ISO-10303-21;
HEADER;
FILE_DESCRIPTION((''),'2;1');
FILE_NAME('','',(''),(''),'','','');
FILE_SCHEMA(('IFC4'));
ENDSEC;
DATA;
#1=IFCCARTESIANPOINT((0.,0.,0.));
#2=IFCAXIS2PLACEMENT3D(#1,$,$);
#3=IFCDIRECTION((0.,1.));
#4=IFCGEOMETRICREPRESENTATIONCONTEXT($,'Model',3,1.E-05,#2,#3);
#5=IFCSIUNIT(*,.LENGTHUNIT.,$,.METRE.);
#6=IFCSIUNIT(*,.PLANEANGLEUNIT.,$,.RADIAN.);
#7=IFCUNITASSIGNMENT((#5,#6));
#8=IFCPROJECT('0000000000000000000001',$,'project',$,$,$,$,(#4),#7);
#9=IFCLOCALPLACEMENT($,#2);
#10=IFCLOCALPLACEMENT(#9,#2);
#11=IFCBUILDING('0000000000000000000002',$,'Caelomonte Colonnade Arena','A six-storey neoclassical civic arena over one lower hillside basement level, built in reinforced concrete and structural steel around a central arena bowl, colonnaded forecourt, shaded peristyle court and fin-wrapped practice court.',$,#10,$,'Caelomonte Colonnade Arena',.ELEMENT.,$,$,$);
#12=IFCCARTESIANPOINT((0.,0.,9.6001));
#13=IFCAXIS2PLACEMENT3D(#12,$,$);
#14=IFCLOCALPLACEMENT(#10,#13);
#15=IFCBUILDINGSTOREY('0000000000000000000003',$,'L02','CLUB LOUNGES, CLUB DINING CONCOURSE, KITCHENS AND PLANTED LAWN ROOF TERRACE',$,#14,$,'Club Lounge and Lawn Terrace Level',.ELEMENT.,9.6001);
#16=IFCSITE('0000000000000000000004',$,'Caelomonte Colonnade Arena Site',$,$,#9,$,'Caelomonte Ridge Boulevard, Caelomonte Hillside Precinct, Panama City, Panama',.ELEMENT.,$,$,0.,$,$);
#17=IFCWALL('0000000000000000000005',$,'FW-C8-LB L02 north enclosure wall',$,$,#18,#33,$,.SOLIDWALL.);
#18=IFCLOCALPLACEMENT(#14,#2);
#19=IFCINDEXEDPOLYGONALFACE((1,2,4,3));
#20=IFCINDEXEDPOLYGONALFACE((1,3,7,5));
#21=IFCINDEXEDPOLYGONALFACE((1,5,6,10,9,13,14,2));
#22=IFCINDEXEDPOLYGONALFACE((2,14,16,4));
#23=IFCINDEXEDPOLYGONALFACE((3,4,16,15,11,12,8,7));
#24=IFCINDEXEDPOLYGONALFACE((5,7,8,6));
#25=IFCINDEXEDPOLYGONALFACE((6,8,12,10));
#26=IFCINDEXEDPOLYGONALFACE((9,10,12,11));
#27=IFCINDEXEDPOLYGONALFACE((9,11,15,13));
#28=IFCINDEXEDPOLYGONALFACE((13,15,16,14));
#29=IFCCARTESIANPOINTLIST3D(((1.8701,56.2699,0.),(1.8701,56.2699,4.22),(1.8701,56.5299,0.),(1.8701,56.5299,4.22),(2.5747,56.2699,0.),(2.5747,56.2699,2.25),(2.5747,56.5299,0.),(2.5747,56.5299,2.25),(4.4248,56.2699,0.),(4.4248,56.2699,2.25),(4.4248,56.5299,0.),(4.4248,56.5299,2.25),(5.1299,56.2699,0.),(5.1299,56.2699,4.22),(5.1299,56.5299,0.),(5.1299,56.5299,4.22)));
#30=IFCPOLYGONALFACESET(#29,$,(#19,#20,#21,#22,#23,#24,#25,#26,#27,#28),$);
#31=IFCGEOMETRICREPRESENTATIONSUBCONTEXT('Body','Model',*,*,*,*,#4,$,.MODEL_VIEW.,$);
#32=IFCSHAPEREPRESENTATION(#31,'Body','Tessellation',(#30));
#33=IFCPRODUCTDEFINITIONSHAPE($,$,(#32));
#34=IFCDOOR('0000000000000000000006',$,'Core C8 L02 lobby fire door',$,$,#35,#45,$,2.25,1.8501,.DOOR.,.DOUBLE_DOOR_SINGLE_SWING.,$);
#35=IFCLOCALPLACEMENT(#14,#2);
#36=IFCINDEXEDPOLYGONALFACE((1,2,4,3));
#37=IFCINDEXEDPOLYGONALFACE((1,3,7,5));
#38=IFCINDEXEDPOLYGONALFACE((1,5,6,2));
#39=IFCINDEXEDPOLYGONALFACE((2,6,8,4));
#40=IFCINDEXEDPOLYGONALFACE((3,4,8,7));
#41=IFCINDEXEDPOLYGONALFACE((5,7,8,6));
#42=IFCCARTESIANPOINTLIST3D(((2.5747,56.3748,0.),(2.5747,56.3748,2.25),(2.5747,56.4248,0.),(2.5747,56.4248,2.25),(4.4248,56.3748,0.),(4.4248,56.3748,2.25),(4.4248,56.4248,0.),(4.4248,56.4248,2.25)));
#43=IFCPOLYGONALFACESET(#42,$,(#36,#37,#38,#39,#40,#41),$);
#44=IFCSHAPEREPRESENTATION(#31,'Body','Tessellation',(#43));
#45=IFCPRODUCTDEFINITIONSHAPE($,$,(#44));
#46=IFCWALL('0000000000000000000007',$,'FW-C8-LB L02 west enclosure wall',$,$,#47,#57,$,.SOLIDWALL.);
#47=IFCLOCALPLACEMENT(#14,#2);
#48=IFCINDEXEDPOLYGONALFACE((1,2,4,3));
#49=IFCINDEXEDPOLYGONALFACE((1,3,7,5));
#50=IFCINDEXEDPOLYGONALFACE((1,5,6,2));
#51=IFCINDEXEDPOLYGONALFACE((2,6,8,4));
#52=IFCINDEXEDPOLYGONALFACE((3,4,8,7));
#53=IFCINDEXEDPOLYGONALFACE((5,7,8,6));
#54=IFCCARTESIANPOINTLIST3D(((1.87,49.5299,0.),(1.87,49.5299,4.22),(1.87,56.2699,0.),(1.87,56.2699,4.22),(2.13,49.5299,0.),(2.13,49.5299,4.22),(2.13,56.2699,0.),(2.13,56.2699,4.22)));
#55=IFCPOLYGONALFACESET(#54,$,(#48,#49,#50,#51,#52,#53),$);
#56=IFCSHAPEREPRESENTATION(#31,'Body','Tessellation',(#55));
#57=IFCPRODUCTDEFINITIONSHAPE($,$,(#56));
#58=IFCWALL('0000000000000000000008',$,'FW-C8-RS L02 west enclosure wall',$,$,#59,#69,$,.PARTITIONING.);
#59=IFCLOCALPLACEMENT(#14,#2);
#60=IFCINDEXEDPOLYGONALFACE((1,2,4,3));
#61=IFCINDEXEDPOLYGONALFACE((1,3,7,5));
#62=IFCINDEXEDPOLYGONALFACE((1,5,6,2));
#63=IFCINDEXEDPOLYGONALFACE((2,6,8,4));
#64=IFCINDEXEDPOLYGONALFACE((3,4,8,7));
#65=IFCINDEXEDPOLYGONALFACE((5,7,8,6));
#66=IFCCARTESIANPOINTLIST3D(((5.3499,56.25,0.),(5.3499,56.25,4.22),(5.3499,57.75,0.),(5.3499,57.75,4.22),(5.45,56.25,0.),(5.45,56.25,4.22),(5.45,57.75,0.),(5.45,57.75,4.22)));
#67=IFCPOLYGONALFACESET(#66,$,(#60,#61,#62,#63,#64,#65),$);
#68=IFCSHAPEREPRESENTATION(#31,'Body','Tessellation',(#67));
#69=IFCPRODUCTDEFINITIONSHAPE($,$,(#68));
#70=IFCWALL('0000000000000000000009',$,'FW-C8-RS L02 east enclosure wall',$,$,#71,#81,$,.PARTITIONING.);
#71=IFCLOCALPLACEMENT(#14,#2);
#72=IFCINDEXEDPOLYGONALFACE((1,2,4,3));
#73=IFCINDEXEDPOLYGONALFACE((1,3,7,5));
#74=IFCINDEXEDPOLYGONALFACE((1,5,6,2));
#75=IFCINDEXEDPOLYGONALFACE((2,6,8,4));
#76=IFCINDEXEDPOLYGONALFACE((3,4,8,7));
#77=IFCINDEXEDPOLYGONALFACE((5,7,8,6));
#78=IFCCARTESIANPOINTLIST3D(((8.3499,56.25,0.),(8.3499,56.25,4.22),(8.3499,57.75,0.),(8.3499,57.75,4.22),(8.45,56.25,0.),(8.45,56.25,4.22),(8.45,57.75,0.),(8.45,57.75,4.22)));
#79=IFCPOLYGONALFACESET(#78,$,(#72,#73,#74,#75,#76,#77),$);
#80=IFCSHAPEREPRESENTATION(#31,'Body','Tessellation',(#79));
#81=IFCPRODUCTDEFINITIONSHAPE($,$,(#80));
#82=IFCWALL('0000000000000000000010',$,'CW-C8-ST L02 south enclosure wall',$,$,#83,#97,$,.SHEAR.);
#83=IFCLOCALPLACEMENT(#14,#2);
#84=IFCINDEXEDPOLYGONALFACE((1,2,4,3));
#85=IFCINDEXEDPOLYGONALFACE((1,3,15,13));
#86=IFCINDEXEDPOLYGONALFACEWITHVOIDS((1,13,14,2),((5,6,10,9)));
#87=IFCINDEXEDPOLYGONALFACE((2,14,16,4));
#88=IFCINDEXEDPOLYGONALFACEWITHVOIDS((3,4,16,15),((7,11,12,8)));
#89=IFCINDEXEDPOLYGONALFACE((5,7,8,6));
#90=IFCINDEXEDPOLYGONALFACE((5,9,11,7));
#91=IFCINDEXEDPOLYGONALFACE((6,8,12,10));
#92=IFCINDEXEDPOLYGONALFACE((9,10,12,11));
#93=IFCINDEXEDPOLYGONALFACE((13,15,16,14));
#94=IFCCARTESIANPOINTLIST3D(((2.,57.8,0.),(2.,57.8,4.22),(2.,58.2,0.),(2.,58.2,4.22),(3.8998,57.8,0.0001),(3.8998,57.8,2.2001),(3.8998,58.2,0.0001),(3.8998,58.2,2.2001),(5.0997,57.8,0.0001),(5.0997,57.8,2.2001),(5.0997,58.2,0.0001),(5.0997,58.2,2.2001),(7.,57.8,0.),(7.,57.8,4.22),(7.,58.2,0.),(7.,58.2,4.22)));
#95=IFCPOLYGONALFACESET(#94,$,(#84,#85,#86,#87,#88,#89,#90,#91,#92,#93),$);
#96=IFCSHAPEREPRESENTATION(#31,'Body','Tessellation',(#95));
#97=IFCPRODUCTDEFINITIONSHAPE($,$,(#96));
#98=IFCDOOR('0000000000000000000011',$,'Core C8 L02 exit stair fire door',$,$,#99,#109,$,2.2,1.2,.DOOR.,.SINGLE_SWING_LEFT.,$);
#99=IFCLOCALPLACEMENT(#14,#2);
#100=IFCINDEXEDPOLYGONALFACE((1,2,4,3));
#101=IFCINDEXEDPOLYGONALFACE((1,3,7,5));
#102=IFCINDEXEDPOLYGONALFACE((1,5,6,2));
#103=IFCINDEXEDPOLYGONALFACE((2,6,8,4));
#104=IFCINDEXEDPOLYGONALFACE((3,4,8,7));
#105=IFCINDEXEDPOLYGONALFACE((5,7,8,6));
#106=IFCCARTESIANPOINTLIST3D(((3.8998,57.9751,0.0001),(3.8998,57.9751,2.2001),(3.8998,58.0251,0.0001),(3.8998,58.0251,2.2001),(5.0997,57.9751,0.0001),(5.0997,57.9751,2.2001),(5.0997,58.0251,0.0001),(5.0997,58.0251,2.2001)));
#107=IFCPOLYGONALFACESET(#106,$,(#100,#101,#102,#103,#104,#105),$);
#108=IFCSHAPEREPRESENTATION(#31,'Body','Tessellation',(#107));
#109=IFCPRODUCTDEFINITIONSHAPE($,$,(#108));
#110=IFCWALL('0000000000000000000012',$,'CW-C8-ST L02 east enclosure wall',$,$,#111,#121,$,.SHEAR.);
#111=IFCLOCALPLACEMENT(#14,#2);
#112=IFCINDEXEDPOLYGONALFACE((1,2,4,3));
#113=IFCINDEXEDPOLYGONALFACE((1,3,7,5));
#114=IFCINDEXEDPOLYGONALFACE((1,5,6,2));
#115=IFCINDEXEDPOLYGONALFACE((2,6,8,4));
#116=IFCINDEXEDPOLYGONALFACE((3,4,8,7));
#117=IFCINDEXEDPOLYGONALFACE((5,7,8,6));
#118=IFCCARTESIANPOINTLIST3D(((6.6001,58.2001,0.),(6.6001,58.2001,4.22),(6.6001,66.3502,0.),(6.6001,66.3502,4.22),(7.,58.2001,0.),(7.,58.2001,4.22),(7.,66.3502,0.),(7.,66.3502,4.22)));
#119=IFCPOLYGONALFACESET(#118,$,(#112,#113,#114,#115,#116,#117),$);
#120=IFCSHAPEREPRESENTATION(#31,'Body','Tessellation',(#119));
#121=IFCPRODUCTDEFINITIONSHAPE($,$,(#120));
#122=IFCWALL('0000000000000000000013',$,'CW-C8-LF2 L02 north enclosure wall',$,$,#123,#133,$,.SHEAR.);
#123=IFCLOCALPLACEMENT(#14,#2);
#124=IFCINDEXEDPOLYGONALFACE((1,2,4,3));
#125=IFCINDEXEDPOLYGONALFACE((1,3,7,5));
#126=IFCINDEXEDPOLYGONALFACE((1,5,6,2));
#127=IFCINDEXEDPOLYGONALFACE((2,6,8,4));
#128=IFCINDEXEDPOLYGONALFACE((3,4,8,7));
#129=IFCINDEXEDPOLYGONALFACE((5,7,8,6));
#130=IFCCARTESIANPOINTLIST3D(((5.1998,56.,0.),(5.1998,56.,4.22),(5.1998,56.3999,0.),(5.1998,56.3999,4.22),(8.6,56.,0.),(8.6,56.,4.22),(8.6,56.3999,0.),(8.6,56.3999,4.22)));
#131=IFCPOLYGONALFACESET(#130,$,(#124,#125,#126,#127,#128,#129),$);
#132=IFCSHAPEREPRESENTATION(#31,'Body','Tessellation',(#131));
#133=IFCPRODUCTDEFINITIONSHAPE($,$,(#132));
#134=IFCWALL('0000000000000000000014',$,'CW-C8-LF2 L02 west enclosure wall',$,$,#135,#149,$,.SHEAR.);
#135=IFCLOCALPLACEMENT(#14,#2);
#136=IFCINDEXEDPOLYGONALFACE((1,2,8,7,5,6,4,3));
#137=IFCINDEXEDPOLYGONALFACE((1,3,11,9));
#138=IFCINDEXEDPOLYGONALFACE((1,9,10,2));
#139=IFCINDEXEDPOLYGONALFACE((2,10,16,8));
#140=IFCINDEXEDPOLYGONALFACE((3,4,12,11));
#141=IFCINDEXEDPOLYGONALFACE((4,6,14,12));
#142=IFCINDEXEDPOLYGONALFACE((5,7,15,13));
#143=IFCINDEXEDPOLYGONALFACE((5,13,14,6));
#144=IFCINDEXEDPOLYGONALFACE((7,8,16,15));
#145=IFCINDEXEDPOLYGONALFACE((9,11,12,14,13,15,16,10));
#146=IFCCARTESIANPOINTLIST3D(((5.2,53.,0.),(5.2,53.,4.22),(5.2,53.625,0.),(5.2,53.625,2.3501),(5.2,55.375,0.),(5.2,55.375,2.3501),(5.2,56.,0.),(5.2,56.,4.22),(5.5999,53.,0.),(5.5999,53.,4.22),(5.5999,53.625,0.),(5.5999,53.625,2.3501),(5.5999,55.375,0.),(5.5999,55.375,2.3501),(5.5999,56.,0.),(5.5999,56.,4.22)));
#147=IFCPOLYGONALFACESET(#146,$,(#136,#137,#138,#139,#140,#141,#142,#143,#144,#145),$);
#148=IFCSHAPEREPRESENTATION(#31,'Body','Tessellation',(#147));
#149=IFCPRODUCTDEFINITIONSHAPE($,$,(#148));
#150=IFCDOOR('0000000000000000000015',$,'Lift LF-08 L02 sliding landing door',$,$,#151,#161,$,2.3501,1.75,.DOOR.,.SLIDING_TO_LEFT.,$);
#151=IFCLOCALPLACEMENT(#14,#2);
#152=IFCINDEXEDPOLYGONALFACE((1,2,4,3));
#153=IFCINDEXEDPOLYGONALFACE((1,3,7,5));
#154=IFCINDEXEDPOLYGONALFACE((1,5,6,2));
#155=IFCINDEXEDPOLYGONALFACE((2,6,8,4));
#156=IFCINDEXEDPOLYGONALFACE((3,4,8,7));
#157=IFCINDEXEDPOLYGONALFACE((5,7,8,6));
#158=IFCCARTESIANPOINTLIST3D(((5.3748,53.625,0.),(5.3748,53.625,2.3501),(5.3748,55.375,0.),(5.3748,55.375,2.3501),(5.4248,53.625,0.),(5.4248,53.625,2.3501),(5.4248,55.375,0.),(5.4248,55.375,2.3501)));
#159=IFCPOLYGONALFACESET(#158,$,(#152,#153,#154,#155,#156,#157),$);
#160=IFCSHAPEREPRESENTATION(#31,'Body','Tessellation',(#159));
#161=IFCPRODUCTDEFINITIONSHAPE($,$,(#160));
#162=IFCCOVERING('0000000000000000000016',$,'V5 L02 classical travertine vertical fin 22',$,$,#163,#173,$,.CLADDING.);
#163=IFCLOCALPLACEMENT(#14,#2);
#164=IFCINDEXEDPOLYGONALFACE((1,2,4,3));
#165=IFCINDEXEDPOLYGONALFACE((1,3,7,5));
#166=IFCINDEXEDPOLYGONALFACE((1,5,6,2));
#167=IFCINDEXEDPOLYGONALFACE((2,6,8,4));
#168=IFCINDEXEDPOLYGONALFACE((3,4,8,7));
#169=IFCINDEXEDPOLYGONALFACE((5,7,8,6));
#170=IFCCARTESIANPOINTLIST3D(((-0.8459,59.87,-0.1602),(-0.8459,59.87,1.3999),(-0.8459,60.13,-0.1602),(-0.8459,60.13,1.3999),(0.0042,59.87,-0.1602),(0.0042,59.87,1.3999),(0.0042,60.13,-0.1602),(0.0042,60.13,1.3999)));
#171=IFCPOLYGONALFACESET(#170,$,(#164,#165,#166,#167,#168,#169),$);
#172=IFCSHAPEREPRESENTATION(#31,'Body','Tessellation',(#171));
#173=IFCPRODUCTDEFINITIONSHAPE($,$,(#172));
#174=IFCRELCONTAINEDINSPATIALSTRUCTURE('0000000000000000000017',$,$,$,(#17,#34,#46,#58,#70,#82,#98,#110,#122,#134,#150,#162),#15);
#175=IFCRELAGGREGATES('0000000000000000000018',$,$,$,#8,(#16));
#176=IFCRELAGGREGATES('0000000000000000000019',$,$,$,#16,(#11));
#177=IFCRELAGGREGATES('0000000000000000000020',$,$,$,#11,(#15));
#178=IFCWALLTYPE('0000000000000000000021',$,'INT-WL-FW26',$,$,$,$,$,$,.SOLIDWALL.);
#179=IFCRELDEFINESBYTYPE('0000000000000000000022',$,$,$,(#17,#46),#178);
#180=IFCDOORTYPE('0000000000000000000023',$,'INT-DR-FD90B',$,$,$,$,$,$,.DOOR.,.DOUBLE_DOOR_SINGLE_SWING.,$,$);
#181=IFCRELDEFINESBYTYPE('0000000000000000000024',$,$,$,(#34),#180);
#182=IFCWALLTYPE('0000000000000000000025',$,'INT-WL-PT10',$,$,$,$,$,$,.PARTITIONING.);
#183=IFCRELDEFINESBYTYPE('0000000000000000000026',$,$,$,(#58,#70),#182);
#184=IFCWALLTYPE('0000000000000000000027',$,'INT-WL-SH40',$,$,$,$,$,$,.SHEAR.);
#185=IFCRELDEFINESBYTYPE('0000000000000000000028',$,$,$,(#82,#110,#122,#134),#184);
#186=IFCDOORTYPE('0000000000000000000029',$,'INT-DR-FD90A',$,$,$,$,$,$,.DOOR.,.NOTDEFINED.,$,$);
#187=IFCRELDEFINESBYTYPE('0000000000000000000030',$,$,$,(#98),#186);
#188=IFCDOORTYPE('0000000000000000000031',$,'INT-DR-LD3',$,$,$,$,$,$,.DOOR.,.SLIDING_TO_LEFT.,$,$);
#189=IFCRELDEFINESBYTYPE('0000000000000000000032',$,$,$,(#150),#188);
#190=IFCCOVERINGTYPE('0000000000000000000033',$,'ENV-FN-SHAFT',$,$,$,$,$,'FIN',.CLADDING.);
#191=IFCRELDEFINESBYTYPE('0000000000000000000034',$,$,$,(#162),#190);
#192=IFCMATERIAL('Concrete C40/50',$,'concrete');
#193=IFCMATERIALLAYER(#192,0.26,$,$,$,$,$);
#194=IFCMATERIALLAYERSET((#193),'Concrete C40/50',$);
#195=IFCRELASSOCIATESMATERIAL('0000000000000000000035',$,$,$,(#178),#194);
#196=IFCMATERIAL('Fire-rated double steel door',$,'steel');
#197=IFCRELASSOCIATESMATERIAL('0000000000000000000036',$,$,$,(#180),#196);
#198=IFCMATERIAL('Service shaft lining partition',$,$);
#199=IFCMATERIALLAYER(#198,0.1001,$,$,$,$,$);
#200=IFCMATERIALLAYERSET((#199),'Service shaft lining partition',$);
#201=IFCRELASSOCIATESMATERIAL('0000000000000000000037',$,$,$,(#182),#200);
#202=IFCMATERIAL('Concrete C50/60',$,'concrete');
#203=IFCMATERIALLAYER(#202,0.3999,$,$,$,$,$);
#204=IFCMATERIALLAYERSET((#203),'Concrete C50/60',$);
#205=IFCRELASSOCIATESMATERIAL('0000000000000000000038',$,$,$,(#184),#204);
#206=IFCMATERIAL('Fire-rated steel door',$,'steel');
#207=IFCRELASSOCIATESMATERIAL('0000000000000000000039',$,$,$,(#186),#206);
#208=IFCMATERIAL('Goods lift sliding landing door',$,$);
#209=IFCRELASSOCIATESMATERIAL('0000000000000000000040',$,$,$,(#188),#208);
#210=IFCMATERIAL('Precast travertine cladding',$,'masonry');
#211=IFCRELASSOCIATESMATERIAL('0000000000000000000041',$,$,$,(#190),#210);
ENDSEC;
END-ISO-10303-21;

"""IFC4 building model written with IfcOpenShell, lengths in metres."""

from ifc_helpers import new_model, si_unit, direction, frame, frame_2d, origin, origin_2d, place, context, subcontext, project, spatial, rectangle, extrude, material, layer, layer_set, material_profile, profile_set, type_object, element, fill, save


model = new_model("IFC4")

# Units and contexts
model_context = context("Model", 3, precision=1e-05, world=origin(), true_north=direction((0.0, 1.0)))
body_context = subcontext(model_context, "Body", "Model", "MODEL_VIEW")
ifc_project = project(units=[si_unit("LENGTHUNIT", "METRE"), si_unit("PLANEANGLEUNIT", "RADIAN")], contexts=[model_context])

# Site, building, storey
site_placement = place(None, origin())
site = spatial("IfcSite", under=ifc_project, at=site_placement, Name="Caelomonte Colonnade Arena Site", LongName="Caelomonte Ridge Boulevard, Caelomonte Hillside Precinct, Panama City, Panama", CompositionType="ELEMENT", RefElevation=0.0)
building_placement = place(site_placement, origin())
building = spatial("IfcBuilding", under=site, at=building_placement, Name="Caelomonte Colonnade Arena", Description="A six-storey neoclassical civic arena over one lower hillside basement level, built in reinforced concrete and structural steel around a central arena bowl, colonnaded forecourt, shaded peristyle court and fin-wrapped practice court.", LongName="Caelomonte Colonnade Arena", CompositionType="ELEMENT")
storey_placement = place(building_placement, frame((0.0, 0.0, 9.6001)))
storey = spatial("IfcBuildingStorey", under=building, at=storey_placement, Name="L02", Description="CLUB LOUNGES, CLUB DINING CONCOURSE, KITCHENS AND PLANTED LAWN ROOF TERRACE", LongName="Club Lounge and Lawn Terrace Level", CompositionType="ELEMENT", Elevation=9.6001)

# Wall, opening, door
ifc_material_1 = material(Name="Concrete C40/50", Category="concrete")
ifc_layer_1 = layer(ifc_material_1, 0.26)
ifc_layer_set_1 = layer_set([ifc_layer_1], Name="Concrete C40/50")
wall_type_1 = type_object("IfcWallType", Name="INT-WL-FW26", PredefinedType="SOLIDWALL", material=ifc_layer_set_1)
wall_1_placement = place(storey_placement, frame((5.1299, 56.3999, 0.0), z_axis=(0.0, 0.0, 1.0), x_axis=(-1.0, 0.0, 0.0)))
wall_1 = element("IfcWall", 1, at=wall_1_placement, inside=storey, type_object=wall_type_1, Name="FW-C8-LB L02 north enclosure wall", PredefinedType="SOLIDWALL", context=body_context, shape_type="SweptSolid", body=[
    extrude(rectangle(XDim=3.2598, YDim=0.26, at=frame_2d((1.6299, 0.0))), origin(), (0.0, 0.0, 1.0), 4.22),
])
opening_1_placement = place(wall_1_placement, frame((2.5552, 0.0, 0.0), z_axis=(0.0, 0.0, 1.0), x_axis=(-1.0, 0.0, 0.0)))
opening_1 = element("IfcOpeningElement", 2, at=opening_1_placement, cuts=wall_1, PredefinedType="OPENING", context=body_context, shape_type="SweptSolid", body=[
    extrude(rectangle(XDim=1.8501, YDim=2.25, at=frame_2d((0.925, 1.125))), frame((0.0, 0.1399, 0.0), z_axis=(0.0, -1.0, 0.0), x_axis=(1.0, 0.0, 0.0)), (0.0, 0.0, 1.0), 0.28),
])
ifc_material_2 = material(Name="Fire-rated double steel door", Category="steel")
door_type_1 = type_object("IfcDoorType", Name="INT-DR-FD90B", OperationType="DOUBLE_DOOR_SINGLE_SWING", PredefinedType="DOOR", material=ifc_material_2)
door_1_placement = place(opening_1_placement, origin())
door_1 = element("IfcDoor", 3, at=door_1_placement, inside=storey, type_object=door_type_1, Name="Core C8 L02 lobby fire door", OperationType="DOUBLE_DOOR_SINGLE_SWING", OverallHeight=2.25, OverallWidth=1.8501, PredefinedType="DOOR", context=body_context, shape_type="SweptSolid", body=[
    extrude(rectangle(XDim=1.8501, YDim=2.25, at=frame_2d((0.925, 1.125))), frame((0.0, 0.0249, 0.0), z_axis=(0.0, -1.0, 0.0), x_axis=(1.0, 0.0, 0.0)), (0.0, 0.0, 1.0), 0.05),
])
fill(opening_1, door_1)

# Walls
wall_2_placement = place(storey_placement, frame((2.0, 56.27, 0.0), z_axis=(0.0, 0.0, 1.0), x_axis=(0.0, -1.0, 0.0)))
element("IfcWall", 4, at=wall_2_placement, inside=storey, type_object=wall_type_1, Name="FW-C8-LB L02 west enclosure wall", PredefinedType="SOLIDWALL", context=body_context, shape_type="SweptSolid", body=[
    extrude(rectangle(XDim=6.74, YDim=0.26, at=frame_2d((3.3701, 0.0))), origin(), (0.0, 0.0, 1.0), 4.22),
])
ifc_material_3 = material(Name="Service shaft lining partition")
ifc_layer_2 = layer(ifc_material_3, 0.1001)
ifc_layer_set_2 = layer_set([ifc_layer_2], Name="Service shaft lining partition")
wall_type_2 = type_object("IfcWallType", Name="INT-WL-PT10", PredefinedType="PARTITIONING", material=ifc_layer_set_2)
for number, where, z_axis, x_axis, name in (
    (5, (5.3999, 57.75, 0.0), (0.0, 0.0, 1.0), (0.0, -1.0, 0.0), "FW-C8-RS L02 west enclosure wall"),
    (6, (8.3999, 56.25, 0.0), (0.0, 0.0, 1.0), (0.0, 1.0, 0.0), "FW-C8-RS L02 east enclosure wall"),
):
    element("IfcWall", number, at=place(storey_placement, frame(where, z_axis=z_axis, x_axis=x_axis)), inside=storey, type_object=wall_type_2, Name=name, PredefinedType="PARTITIONING", context=body_context, shape_type="SweptSolid", body=[
        extrude(rectangle(XDim=1.5, YDim=0.1001, at=frame_2d((0.75, 0.0))), origin(), (0.0, 0.0, 1.0), 4.22),
    ])

# Wall, opening, door
ifc_material_4 = material(Name="Concrete C50/60", Category="concrete")
ifc_layer_3 = layer(ifc_material_4, 0.3999)
ifc_layer_set_3 = layer_set([ifc_layer_3], Name="Concrete C50/60")
wall_type_3 = type_object("IfcWallType", Name="INT-WL-SH40", PredefinedType="SHEAR", material=ifc_layer_set_3)
wall_3_placement = place(storey_placement, frame((2.0, 58.0, 0.0), z_axis=(0.0, 0.0, 1.0), x_axis=(1.0, 0.0, 0.0)))
wall_3 = element("IfcWall", 7, at=wall_3_placement, inside=storey, type_object=wall_type_3, Name="CW-C8-ST L02 south enclosure wall", PredefinedType="SHEAR", context=body_context, shape_type="SweptSolid", body=[
    extrude(rectangle(XDim=5.0, YDim=0.3999, at=frame_2d((2.5, 0.0))), origin(), (0.0, 0.0, 1.0), 4.22),
])
opening_2_placement = place(wall_3_placement, frame((3.0999, 0.0, 0.0), z_axis=(0.0, 0.0, 1.0), x_axis=(-1.0, 0.0, 0.0)))
opening_2 = element("IfcOpeningElement", 8, at=opening_2_placement, cuts=wall_3, PredefinedType="OPENING", context=body_context, shape_type="SweptSolid", body=[
    extrude(rectangle(XDim=1.2, YDim=2.2, at=frame_2d((0.6001, 1.1001))), frame((0.0, 0.21, 0.0), z_axis=(0.0, -1.0, 0.0), x_axis=(1.0, 0.0, 0.0)), (0.0, 0.0, 1.0), 0.4199),
])
ifc_material_5 = material(Name="Fire-rated steel door", Category="steel")
door_type_2 = type_object("IfcDoorType", Name="INT-DR-FD90A", OperationType="NOTDEFINED", PredefinedType="DOOR", material=ifc_material_5)
door_2_placement = place(opening_2_placement, origin())
door_2 = element("IfcDoor", 9, at=door_2_placement, inside=storey, type_object=door_type_2, Name="Core C8 L02 exit stair fire door", OperationType="SINGLE_SWING_LEFT", OverallHeight=2.2, OverallWidth=1.2, PredefinedType="DOOR", context=body_context, shape_type="SweptSolid", body=[
    extrude(rectangle(XDim=1.2, YDim=2.2, at=frame_2d((0.6001, 1.1001))), frame((0.0, 0.0249, 0.0), z_axis=(0.0, -1.0, 0.0), x_axis=(1.0, 0.0, 0.0)), (0.0, 0.0, 1.0), 0.05),
])
fill(opening_2, door_2)

# Walls
wall_4_placement = place(storey_placement, frame((6.8, 58.2, 0.0), z_axis=(0.0, 0.0, 1.0), x_axis=(0.0, 1.0, 0.0)))
element("IfcWall", 10, at=wall_4_placement, inside=storey, type_object=wall_type_3, Name="CW-C8-ST L02 east enclosure wall", PredefinedType="SHEAR", context=body_context, shape_type="SweptSolid", body=[
    extrude(rectangle(XDim=8.1501, YDim=0.3999, at=frame_2d((4.0752, 0.0))), origin(), (0.0, 0.0, 1.0), 4.22),
])
wall_5_placement = place(storey_placement, frame((8.6001, 56.2, 0.0), z_axis=(0.0, 0.0, 1.0), x_axis=(-1.0, 0.0, 0.0)))
element("IfcWall", 11, at=wall_5_placement, inside=storey, type_object=wall_type_3, Name="CW-C8-LF2 L02 north enclosure wall", PredefinedType="SHEAR", context=body_context, shape_type="SweptSolid", body=[
    extrude(rectangle(XDim=3.4001, YDim=0.3999, at=frame_2d((1.7002, 0.0))), origin(), (0.0, 0.0, 1.0), 4.22),
])

# Wall, opening, door
wall_6_placement = place(storey_placement, frame((5.3999, 56.0, 0.0), z_axis=(0.0, 0.0, 1.0), x_axis=(0.0, -1.0, 0.0)))
wall_6 = element("IfcWall", 12, at=wall_6_placement, inside=storey, type_object=wall_type_3, Name="CW-C8-LF2 L02 west enclosure wall", PredefinedType="SHEAR", context=body_context, shape_type="SweptSolid", body=[
    extrude(rectangle(XDim=3.0, YDim=0.3999, at=frame_2d((1.5, 0.0))), origin(), (0.0, 0.0, 1.0), 4.22),
])
opening_3_placement = place(wall_6_placement, frame((0.625, 0.0, 0.0), z_axis=(0.0, 0.0, 1.0), x_axis=(1.0, 0.0, 0.0)))
opening_3 = element("IfcOpeningElement", 13, at=opening_3_placement, cuts=wall_6, PredefinedType="OPENING", context=body_context, shape_type="SweptSolid", body=[
    extrude(rectangle(XDim=1.75, YDim=2.3501, at=frame_2d((0.875, 1.175))), frame((0.0, 0.21, 0.0), z_axis=(0.0, -1.0, 0.0), x_axis=(1.0, 0.0, 0.0)), (0.0, 0.0, 1.0), 0.4199),
])
ifc_material_6 = material(Name="Goods lift sliding landing door")
door_type_3 = type_object("IfcDoorType", Name="INT-DR-LD3", OperationType="SLIDING_TO_LEFT", PredefinedType="DOOR", material=ifc_material_6)
door_3_placement = place(opening_3_placement, origin())
door_3 = element("IfcDoor", 14, at=door_3_placement, inside=storey, type_object=door_type_3, Name="Lift LF-08 L02 sliding landing door", OperationType="SLIDING_TO_LEFT", OverallHeight=2.3501, OverallWidth=1.75, PredefinedType="DOOR", context=body_context, shape_type="SweptSolid", body=[
    extrude(rectangle(XDim=1.75, YDim=2.3501, at=frame_2d((0.875, 1.175))), frame((0.0, 0.0249, 0.0), z_axis=(0.0, -1.0, 0.0), x_axis=(1.0, 0.0, 0.0)), (0.0, 0.0, 1.0), 0.05),
])
fill(opening_3, door_3)

# Covering
ifc_material_7 = material(Name="Precast travertine cladding", Category="masonry")
ifc_material_profile_1 = material_profile(ifc_material_7, rectangle(XDim=0.26, YDim=0.8501, at=origin_2d()), Name="FIN260X850")
ifc_profile_set_1 = profile_set([ifc_material_profile_1], Name="Precast travertine cladding")
covering_type = type_object("IfcCoveringType", Name="ENV-FN-SHAFT", ElementType="FIN", PredefinedType="CLADDING", material=ifc_profile_set_1)
for number, where, z_axis, x_axis, name in (
    (15, (-0.4209, 60.0, -0.1602), (0.0, 0.0, 1.0), (0.0, 1.0, 0.0), "V5 L02 classical travertine vertical fin 22"),
):
    element("IfcCovering", number, at=place(storey_placement, frame(where, z_axis=z_axis, x_axis=x_axis)), inside=storey, type_object=covering_type, Name=name, PredefinedType="CLADDING", context=body_context, shape_type="SweptSolid", body=[
        extrude(rectangle(XDim=0.26, YDim=0.8501, at=origin_2d()), origin(), (0.0, 0.0, 1.0), 1.5601),
    ])

save(model, "model.ifc")
